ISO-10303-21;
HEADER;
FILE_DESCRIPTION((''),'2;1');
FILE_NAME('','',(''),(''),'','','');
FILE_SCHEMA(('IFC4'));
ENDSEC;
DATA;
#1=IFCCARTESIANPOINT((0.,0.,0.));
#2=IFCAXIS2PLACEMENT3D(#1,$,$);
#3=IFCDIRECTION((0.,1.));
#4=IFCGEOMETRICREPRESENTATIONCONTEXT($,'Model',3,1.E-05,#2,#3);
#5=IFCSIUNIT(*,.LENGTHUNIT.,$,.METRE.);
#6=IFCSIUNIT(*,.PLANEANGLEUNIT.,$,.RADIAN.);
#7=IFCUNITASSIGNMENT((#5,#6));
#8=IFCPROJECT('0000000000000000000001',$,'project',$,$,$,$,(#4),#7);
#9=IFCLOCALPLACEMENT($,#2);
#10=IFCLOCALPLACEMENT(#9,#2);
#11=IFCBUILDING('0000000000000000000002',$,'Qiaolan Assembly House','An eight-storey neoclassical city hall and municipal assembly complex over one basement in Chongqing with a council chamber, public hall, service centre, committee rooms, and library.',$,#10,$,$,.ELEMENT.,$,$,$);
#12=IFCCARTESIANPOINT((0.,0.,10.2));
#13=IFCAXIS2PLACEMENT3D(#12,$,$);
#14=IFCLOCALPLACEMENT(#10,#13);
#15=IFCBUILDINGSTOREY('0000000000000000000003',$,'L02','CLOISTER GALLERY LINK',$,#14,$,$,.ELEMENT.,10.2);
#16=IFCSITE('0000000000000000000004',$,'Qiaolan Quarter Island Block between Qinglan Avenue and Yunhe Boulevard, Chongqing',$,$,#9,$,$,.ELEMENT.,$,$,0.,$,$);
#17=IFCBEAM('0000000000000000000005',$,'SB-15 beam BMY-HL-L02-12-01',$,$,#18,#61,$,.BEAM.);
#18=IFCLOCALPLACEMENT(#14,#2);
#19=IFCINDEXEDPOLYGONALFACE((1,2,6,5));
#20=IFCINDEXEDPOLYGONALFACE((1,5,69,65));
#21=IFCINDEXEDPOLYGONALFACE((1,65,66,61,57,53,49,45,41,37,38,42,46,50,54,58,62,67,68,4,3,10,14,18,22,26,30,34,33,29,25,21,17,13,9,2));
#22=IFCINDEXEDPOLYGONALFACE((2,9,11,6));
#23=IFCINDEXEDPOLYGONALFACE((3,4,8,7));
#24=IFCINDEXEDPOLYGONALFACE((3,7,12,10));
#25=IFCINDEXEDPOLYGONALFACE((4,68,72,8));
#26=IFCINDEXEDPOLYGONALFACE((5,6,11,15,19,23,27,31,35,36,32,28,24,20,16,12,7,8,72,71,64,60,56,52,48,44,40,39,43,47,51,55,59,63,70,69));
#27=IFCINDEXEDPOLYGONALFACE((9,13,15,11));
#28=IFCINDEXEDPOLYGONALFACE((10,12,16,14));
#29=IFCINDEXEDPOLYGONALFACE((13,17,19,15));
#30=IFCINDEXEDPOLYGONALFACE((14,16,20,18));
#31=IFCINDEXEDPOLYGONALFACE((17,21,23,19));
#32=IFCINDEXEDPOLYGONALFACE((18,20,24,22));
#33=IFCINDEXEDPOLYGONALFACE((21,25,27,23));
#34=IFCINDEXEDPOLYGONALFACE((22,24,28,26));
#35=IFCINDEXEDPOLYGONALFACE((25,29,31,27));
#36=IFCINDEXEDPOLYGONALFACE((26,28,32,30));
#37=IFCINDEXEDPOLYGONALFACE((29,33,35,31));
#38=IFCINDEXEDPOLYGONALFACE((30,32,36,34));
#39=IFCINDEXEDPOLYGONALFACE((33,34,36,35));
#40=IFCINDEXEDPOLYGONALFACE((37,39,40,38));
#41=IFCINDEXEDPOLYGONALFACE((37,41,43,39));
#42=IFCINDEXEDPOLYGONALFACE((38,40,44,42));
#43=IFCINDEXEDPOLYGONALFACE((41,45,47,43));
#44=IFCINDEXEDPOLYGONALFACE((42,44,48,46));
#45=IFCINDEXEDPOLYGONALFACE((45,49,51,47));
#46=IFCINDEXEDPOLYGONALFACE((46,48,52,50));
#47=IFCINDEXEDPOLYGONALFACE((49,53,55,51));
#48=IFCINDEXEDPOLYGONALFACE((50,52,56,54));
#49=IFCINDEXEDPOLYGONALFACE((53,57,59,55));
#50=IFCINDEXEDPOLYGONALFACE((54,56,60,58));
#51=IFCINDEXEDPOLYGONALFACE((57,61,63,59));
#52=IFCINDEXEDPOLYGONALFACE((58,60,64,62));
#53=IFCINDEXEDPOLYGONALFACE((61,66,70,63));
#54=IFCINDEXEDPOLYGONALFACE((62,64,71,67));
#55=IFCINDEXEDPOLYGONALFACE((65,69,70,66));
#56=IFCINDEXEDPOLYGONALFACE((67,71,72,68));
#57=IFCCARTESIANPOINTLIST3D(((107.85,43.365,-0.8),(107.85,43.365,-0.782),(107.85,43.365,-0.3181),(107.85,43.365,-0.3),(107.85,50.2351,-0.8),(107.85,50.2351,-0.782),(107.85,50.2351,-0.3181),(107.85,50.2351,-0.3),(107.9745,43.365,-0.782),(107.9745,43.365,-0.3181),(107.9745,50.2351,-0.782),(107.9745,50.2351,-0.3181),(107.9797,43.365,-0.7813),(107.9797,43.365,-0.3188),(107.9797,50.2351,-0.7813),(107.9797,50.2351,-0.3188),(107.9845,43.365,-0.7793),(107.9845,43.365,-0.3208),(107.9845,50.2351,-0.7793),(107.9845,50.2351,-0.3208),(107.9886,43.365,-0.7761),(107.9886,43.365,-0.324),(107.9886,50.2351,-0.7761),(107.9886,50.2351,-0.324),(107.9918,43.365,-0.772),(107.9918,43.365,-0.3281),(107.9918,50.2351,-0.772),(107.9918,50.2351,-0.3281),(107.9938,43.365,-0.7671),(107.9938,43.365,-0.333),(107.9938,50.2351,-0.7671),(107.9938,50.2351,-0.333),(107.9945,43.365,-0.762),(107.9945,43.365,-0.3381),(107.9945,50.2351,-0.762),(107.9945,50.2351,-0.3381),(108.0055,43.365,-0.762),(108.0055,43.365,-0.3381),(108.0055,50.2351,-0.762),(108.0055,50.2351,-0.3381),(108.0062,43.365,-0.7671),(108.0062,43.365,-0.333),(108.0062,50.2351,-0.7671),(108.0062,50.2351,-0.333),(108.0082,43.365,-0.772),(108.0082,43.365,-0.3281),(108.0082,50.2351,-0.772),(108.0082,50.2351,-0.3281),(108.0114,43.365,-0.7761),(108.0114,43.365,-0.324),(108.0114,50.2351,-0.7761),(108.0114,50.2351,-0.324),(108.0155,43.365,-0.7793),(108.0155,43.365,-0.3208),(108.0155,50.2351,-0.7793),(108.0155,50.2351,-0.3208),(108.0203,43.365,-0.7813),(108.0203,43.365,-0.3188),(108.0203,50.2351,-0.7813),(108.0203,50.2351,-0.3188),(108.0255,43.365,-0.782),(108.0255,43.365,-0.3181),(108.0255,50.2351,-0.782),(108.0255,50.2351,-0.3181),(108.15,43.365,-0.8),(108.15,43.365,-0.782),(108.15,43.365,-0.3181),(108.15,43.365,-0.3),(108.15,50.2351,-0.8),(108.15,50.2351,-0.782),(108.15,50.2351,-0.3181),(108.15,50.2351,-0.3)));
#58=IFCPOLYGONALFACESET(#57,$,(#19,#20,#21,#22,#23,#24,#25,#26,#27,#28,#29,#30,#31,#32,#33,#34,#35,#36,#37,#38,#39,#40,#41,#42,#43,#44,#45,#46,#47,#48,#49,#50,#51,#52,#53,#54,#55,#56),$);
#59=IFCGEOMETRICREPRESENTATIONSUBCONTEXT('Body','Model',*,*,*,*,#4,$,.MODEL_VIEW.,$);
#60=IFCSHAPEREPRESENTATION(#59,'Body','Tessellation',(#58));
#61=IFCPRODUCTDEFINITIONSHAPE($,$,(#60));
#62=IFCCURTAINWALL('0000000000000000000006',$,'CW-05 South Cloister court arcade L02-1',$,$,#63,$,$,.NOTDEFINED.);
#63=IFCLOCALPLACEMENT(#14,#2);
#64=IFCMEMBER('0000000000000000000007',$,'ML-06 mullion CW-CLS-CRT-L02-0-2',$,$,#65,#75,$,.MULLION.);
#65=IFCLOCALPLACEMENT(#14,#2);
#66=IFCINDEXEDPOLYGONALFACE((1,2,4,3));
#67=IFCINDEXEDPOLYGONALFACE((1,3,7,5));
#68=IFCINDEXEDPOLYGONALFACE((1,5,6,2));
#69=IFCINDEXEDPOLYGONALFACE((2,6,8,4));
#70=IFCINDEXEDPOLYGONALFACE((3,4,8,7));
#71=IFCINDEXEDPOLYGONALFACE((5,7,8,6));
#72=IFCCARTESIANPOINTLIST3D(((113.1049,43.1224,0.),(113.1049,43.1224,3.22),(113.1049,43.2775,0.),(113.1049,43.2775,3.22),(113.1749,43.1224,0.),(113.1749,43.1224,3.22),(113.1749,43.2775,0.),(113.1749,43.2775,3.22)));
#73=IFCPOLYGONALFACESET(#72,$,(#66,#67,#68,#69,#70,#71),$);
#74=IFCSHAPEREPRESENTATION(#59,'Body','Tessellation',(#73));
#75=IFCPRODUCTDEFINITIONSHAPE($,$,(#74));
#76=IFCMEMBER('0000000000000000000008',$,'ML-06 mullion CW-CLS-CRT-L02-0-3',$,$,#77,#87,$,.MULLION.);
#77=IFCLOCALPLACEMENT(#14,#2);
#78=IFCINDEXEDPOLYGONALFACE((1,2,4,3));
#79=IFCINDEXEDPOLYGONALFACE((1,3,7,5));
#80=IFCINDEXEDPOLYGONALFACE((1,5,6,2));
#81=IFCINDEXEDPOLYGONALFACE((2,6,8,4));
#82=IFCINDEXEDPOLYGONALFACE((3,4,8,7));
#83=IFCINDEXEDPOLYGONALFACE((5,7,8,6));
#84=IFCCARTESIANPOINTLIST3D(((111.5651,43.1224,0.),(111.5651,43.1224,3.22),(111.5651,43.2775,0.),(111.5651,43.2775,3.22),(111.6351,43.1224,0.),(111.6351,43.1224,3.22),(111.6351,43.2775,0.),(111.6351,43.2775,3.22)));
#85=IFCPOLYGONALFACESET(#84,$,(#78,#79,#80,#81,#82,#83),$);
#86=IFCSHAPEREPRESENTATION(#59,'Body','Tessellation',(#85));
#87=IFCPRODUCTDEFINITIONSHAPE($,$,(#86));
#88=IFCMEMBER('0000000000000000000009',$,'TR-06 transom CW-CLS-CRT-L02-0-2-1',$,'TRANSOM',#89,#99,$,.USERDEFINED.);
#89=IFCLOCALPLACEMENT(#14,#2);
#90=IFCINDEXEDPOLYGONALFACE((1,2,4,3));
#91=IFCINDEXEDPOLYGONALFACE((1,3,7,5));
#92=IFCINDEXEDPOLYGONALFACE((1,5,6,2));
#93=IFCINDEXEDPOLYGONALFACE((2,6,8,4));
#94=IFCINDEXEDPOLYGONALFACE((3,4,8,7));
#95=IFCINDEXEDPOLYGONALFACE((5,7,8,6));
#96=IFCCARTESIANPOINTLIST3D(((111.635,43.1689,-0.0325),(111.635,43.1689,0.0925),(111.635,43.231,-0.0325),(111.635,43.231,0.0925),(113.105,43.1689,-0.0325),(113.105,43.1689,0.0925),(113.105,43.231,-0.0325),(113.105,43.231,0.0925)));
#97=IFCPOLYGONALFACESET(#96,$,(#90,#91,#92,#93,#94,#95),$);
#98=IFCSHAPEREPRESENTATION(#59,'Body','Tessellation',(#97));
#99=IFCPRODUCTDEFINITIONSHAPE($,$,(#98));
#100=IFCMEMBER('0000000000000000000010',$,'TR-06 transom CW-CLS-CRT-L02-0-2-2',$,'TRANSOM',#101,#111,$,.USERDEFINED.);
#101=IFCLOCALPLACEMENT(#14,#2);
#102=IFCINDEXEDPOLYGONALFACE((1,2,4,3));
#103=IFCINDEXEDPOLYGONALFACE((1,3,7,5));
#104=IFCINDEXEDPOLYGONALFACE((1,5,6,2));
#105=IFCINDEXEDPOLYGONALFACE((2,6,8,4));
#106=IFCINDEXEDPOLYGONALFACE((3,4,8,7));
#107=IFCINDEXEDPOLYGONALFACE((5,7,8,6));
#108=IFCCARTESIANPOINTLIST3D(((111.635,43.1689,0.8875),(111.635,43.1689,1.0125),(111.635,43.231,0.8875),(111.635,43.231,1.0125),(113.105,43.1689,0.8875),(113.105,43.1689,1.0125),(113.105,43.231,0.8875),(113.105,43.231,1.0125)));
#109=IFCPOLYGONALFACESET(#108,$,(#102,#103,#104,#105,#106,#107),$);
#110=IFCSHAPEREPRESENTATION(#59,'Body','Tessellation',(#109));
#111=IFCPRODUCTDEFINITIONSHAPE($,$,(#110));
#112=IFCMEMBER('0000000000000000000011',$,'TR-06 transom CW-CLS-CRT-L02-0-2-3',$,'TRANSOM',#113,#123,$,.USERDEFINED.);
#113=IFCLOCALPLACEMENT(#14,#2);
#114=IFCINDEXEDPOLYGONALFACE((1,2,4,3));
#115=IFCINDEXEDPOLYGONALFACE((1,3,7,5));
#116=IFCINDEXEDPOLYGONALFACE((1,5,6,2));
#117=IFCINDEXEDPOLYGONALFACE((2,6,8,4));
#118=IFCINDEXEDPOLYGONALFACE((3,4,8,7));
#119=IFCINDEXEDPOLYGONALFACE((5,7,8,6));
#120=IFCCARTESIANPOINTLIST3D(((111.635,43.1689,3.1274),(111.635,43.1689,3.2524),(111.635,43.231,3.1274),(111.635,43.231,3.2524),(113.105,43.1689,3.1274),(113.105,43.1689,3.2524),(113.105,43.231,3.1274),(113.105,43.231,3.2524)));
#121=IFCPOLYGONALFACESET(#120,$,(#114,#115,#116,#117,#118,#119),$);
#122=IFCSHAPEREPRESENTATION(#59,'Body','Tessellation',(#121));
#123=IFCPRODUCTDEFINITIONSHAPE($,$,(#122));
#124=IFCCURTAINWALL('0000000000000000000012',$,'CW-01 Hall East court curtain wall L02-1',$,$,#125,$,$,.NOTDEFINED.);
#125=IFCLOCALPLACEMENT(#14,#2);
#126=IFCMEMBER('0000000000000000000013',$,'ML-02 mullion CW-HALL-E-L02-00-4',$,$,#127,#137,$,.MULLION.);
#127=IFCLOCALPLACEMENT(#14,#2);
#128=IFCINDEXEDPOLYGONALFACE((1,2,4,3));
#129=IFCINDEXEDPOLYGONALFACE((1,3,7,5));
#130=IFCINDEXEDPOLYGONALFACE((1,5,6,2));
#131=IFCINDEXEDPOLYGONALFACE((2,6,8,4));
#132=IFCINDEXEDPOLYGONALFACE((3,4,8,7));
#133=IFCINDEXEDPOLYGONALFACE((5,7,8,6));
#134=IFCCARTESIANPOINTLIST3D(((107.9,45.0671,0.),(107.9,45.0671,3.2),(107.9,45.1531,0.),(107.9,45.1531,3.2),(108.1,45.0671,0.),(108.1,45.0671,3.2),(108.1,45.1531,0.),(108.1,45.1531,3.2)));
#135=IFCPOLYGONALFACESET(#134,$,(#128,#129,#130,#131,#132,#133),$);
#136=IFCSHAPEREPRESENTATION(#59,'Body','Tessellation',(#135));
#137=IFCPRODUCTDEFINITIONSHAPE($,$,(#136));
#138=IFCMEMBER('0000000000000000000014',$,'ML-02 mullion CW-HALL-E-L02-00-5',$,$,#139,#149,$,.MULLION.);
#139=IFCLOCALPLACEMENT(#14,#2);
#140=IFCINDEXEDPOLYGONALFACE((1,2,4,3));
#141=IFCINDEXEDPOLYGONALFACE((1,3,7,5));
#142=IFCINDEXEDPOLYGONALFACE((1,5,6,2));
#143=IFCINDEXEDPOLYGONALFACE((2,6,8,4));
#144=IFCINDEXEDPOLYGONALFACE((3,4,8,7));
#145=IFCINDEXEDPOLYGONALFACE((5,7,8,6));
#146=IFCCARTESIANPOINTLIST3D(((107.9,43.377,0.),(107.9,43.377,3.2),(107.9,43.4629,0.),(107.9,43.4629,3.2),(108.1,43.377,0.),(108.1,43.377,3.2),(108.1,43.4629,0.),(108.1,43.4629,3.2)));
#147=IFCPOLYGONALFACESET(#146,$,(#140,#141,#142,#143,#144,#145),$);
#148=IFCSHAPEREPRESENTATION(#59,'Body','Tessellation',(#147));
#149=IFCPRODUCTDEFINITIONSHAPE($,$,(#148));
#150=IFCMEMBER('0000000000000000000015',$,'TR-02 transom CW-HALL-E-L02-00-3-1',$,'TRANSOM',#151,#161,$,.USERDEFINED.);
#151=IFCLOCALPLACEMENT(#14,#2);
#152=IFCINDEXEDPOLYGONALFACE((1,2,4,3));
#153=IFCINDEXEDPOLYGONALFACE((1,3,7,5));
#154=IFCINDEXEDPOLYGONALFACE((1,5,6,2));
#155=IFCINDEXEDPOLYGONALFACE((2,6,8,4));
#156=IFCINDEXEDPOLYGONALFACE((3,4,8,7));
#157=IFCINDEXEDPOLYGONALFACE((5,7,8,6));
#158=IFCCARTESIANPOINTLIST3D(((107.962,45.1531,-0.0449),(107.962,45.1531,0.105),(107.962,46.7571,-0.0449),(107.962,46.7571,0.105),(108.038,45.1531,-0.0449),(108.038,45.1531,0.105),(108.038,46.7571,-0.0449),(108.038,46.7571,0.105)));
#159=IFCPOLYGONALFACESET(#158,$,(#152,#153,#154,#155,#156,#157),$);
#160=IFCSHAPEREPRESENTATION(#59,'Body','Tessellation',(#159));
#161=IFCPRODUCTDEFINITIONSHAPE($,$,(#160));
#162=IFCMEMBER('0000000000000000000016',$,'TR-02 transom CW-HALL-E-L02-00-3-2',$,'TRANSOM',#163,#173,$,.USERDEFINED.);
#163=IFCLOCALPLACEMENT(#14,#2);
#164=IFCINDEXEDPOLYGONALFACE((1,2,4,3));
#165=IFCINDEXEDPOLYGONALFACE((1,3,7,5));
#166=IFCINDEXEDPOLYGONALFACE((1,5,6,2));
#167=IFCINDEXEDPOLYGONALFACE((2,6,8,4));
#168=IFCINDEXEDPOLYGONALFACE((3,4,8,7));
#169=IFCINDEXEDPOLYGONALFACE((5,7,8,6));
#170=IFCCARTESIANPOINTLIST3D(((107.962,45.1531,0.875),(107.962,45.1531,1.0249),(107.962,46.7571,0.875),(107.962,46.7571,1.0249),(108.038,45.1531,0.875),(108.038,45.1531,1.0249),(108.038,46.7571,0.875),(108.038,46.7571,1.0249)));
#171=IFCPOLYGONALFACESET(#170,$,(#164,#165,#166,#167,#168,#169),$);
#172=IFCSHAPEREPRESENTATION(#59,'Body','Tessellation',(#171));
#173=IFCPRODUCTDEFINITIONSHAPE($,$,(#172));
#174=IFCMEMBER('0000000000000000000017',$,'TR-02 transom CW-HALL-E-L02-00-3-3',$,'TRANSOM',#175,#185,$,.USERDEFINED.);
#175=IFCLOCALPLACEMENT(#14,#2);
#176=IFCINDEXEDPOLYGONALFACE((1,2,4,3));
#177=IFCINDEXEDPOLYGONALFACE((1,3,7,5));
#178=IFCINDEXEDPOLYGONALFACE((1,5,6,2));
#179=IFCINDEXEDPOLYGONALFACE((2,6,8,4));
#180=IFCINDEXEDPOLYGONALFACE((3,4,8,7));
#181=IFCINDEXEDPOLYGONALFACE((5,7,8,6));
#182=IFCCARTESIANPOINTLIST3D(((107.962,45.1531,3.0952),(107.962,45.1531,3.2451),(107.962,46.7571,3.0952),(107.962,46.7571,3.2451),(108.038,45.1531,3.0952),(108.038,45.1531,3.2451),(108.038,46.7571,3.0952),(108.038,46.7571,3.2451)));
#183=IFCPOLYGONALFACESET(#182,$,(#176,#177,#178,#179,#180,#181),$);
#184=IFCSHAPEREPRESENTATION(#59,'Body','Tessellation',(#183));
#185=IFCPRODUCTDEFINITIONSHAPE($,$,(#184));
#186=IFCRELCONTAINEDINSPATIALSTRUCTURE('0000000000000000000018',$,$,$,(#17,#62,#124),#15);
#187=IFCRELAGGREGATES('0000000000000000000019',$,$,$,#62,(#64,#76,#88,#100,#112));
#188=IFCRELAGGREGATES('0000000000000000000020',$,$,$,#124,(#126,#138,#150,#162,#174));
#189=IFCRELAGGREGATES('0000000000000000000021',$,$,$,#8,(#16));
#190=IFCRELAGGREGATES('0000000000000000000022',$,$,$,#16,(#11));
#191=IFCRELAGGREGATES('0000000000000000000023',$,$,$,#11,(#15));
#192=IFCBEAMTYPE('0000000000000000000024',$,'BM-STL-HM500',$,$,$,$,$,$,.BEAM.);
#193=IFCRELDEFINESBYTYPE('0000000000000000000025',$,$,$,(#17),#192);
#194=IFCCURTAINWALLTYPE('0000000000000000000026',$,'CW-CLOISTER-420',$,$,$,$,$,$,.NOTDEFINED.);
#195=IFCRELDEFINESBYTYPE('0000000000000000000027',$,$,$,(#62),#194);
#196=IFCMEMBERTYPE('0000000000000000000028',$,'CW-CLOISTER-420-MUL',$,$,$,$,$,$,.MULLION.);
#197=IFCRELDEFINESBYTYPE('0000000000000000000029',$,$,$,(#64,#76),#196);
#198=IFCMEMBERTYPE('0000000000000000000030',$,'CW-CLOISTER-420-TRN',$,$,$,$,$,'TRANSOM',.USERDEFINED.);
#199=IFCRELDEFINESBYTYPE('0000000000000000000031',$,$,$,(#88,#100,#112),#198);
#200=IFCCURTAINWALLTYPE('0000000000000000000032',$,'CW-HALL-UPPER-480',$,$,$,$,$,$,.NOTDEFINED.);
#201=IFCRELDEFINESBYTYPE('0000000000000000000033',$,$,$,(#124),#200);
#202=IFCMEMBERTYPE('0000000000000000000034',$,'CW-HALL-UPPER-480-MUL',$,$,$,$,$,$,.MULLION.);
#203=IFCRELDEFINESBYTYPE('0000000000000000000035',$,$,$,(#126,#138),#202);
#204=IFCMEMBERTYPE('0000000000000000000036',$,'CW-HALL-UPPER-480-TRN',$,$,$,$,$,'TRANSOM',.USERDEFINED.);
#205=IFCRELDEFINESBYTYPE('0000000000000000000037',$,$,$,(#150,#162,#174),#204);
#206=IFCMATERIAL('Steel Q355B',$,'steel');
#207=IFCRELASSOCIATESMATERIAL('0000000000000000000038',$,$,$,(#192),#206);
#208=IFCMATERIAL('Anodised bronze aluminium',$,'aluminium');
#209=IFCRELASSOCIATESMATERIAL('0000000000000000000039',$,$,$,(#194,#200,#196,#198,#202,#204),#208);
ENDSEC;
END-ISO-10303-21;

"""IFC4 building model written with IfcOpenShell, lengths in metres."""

from ifc_helpers import new_model, si_unit, direction, frame, origin, origin_2d, place, context, subcontext, project, spatial, rectangle, i_section, extrude, material, material_profile, profile_set, type_object, element, aggregate, save


model = new_model("IFC4")

# Units and contexts
model_context = context("Model", 3, precision=1e-05, world=origin(), true_north=direction((0.0, 1.0)))
body_context = subcontext(model_context, "Body", "Model", "MODEL_VIEW")
ifc_project = project(units=[si_unit("LENGTHUNIT", "METRE"), si_unit("PLANEANGLEUNIT", "RADIAN")], contexts=[model_context])

# Site, building, storey
site_placement = place(None, origin())
site = spatial("IfcSite", under=ifc_project, at=site_placement, Name="Qiaolan Quarter Island Block between Qinglan Avenue and Yunhe Boulevard, Chongqing", CompositionType="ELEMENT", RefElevation=0.0)
building_placement = place(site_placement, origin())
building = spatial("IfcBuilding", under=site, at=building_placement, Name="Qiaolan Assembly House", Description="An eight-storey neoclassical city hall and municipal assembly complex over one basement in Chongqing with a council chamber, public hall, service centre, committee rooms, and library.", CompositionType="ELEMENT")
storey_placement = place(building_placement, frame((0.0, 0.0, 10.2)))
storey = spatial("IfcBuildingStorey", under=building, at=storey_placement, Name="L02", Description="CLOISTER GALLERY LINK", CompositionType="ELEMENT", Elevation=10.2)

# Beam
ifc_material_1 = material(Name="Steel Q355B", Category="steel")
ifc_material_profile_1 = material_profile(ifc_material_1, i_section(OverallWidth=0.3, OverallDepth=0.5, WebThickness=0.011, FlangeThickness=0.0181, FilletRadius=0.02, at=origin_2d()), Name="HM 500x300x11x18")
ifc_profile_set_1 = profile_set([ifc_material_profile_1], Name="Steel Q355B")
beam_type_1 = type_object("IfcBeamType", Name="BM-STL-HM500", PredefinedType="BEAM", material=ifc_profile_set_1)
beam_placement = place(storey_placement, frame((108.0, 43.365, -0.55), z_axis=(0.0, 1.0, 0.0), x_axis=(-1.0, 0.0, 0.0)))
element("IfcBeam", 1, at=beam_placement, inside=storey, type_object=beam_type_1, Name="SB-15 beam BMY-HL-L02-12-01", PredefinedType="BEAM", context=body_context, shape_type="SweptSolid", body=[
    extrude(i_section(OverallWidth=0.3, OverallDepth=0.5, WebThickness=0.011, FlangeThickness=0.0181, FilletRadius=0.02, at=origin_2d()), origin(), (0.0, 0.0, 1.0), 6.8701),
])

# Curtain walls, members
ifc_material_2 = material(Name="Anodised bronze aluminium", Category="aluminium")
curtain_wall_type_1 = type_object("IfcCurtainWallType", Name="CW-CLOISTER-420", PredefinedType="NOTDEFINED", material=ifc_material_2)
curtain_wall_1_placement = place(storey_placement, origin())
curtain_wall_1 = element("IfcCurtainWall", 2, at=curtain_wall_1_placement, inside=storey, type_object=curtain_wall_type_1, Name="CW-05 South Cloister court arcade L02-1", PredefinedType="NOTDEFINED")
ifc_material_profile_2 = material_profile(ifc_material_2, rectangle(XDim=0.0701, YDim=0.155, at=origin_2d()), Name="MUL 70x155")
ifc_profile_set_2 = profile_set([ifc_material_profile_2], Name="Anodised bronze aluminium")
member_type_1 = type_object("IfcMemberType", Name="CW-CLOISTER-420-MUL", PredefinedType="MULLION", material=ifc_profile_set_2)
member_1_placement = place(storey_placement, frame((113.1399, 43.2, 0.0), z_axis=(0.0, 0.0, 1.0), x_axis=(-1.0, 0.0, 0.0)))
member_1 = element("IfcMember", 3, at=member_1_placement, type_object=member_type_1, Name="ML-06 mullion CW-CLS-CRT-L02-0-2", PredefinedType="MULLION", context=body_context, shape_type="SweptSolid", body=[
    extrude(rectangle(XDim=0.0701, YDim=0.155, at=origin_2d()), origin(), (0.0, 0.0, 1.0), 3.22),
])
member_2_placement = place(storey_placement, frame((111.6001, 43.2, 0.0), z_axis=(0.0, 0.0, 1.0), x_axis=(-1.0, 0.0, 0.0)))
member_2 = element("IfcMember", 4, at=member_2_placement, type_object=member_type_1, Name="ML-06 mullion CW-CLS-CRT-L02-0-3", PredefinedType="MULLION", context=body_context, shape_type="SweptSolid", body=[
    extrude(rectangle(XDim=0.0701, YDim=0.155, at=origin_2d()), origin(), (0.0, 0.0, 1.0), 3.22),
])
ifc_material_profile_3 = material_profile(ifc_material_2, rectangle(XDim=0.062, YDim=0.125, at=origin_2d()), Name="TRN 62x125")
ifc_profile_set_3 = profile_set([ifc_material_profile_3], Name="Anodised bronze aluminium")
member_type_2 = type_object("IfcMemberType", Name="CW-CLOISTER-420-TRN", ElementType="TRANSOM", PredefinedType="USERDEFINED", material=ifc_profile_set_3)
member_3_placement = place(storey_placement, frame((113.105, 43.2, 0.03), z_axis=(-1.0, 0.0, 0.0), x_axis=(0.0, -1.0, 0.0)))
member_3 = element("IfcMember", 5, at=member_3_placement, type_object=member_type_2, Name="TR-06 transom CW-CLS-CRT-L02-0-2-1", ObjectType="TRANSOM", PredefinedType="USERDEFINED", context=body_context, shape_type="SweptSolid", body=[
    extrude(rectangle(XDim=0.062, YDim=0.125, at=origin_2d()), origin(), (0.0, 0.0, 1.0), 1.47),
])
member_4_placement = place(storey_placement, frame((113.105, 43.2, 0.95), z_axis=(-1.0, 0.0, 0.0), x_axis=(0.0, -1.0, 0.0)))
member_4 = element("IfcMember", 6, at=member_4_placement, type_object=member_type_2, Name="TR-06 transom CW-CLS-CRT-L02-0-2-2", ObjectType="TRANSOM", PredefinedType="USERDEFINED", context=body_context, shape_type="SweptSolid", body=[
    extrude(rectangle(XDim=0.062, YDim=0.125, at=origin_2d()), origin(), (0.0, 0.0, 1.0), 1.47),
])
member_5_placement = place(storey_placement, frame((113.105, 43.2, 3.1899), z_axis=(-1.0, 0.0, 0.0), x_axis=(0.0, -1.0, 0.0)))
member_5 = element("IfcMember", 7, at=member_5_placement, type_object=member_type_2, Name="TR-06 transom CW-CLS-CRT-L02-0-2-3", ObjectType="TRANSOM", PredefinedType="USERDEFINED", context=body_context, shape_type="SweptSolid", body=[
    extrude(rectangle(XDim=0.062, YDim=0.125, at=origin_2d()), origin(), (0.0, 0.0, 1.0), 1.47),
])
curtain_wall_type_2 = type_object("IfcCurtainWallType", Name="CW-HALL-UPPER-480", PredefinedType="NOTDEFINED", material=ifc_material_2)
curtain_wall_2_placement = place(storey_placement, origin())
curtain_wall_2 = element("IfcCurtainWall", 8, at=curtain_wall_2_placement, inside=storey, type_object=curtain_wall_type_2, Name="CW-01 Hall East court curtain wall L02-1", PredefinedType="NOTDEFINED")
ifc_material_profile_4 = material_profile(ifc_material_2, rectangle(XDim=0.0859, YDim=0.2, at=origin_2d()), Name="MUL 86x200")
ifc_profile_set_4 = profile_set([ifc_material_profile_4], Name="Anodised bronze aluminium")
member_type_3 = type_object("IfcMemberType", Name="CW-HALL-UPPER-480-MUL", PredefinedType="MULLION", material=ifc_profile_set_4)
member_6_placement = place(storey_placement, frame((108.0, 45.1101, 0.0), z_axis=(0.0, 0.0, 1.0), x_axis=(0.0, -1.0, 0.0)))
member_6 = element("IfcMember", 9, at=member_6_placement, type_object=member_type_3, Name="ML-02 mullion CW-HALL-E-L02-00-4", PredefinedType="MULLION", context=body_context, shape_type="SweptSolid", body=[
    extrude(rectangle(XDim=0.0859, YDim=0.2, at=origin_2d()), origin(), (0.0, 0.0, 1.0), 3.2),
])
member_7_placement = place(storey_placement, frame((108.0, 43.4199, 0.0), z_axis=(0.0, 0.0, 1.0), x_axis=(0.0, -1.0, 0.0)))
member_7 = element("IfcMember", 10, at=member_7_placement, type_object=member_type_3, Name="ML-02 mullion CW-HALL-E-L02-00-5", PredefinedType="MULLION", context=body_context, shape_type="SweptSolid", body=[
    extrude(rectangle(XDim=0.0859, YDim=0.2, at=origin_2d()), origin(), (0.0, 0.0, 1.0), 3.2),
])
ifc_material_profile_5 = material_profile(ifc_material_2, rectangle(XDim=0.0759, YDim=0.1499, at=origin_2d()), Name="TRN 76x150")
ifc_profile_set_5 = profile_set([ifc_material_profile_5], Name="Anodised bronze aluminium")
member_type_4 = type_object("IfcMemberType", Name="CW-HALL-UPPER-480-TRN", ElementType="TRANSOM", PredefinedType="USERDEFINED", material=ifc_profile_set_5)
member_8_placement = place(storey_placement, frame((108.0, 46.7571, 0.03), z_axis=(0.0, -1.0, 0.0), x_axis=(1.0, 0.0, 0.0)))
member_8 = element("IfcMember", 11, at=member_8_placement, type_object=member_type_4, Name="TR-02 transom CW-HALL-E-L02-00-3-1", ObjectType="TRANSOM", PredefinedType="USERDEFINED", context=body_context, shape_type="SweptSolid", body=[
    extrude(rectangle(XDim=0.0759, YDim=0.1499, at=origin_2d()), origin(), (0.0, 0.0, 1.0), 1.604),
])
member_9_placement = place(storey_placement, frame((108.0, 46.7571, 0.95), z_axis=(0.0, -1.0, 0.0), x_axis=(1.0, 0.0, 0.0)))
member_9 = element("IfcMember", 12, at=member_9_placement, type_object=member_type_4, Name="TR-02 transom CW-HALL-E-L02-00-3-2", ObjectType="TRANSOM", PredefinedType="USERDEFINED", context=body_context, shape_type="SweptSolid", body=[
    extrude(rectangle(XDim=0.0759, YDim=0.1499, at=origin_2d()), origin(), (0.0, 0.0, 1.0), 1.604),
])
member_10_placement = place(storey_placement, frame((108.0, 46.7571, 3.1702), z_axis=(0.0, -1.0, 0.0), x_axis=(1.0, 0.0, 0.0)))
member_10 = element("IfcMember", 13, at=member_10_placement, type_object=member_type_4, Name="TR-02 transom CW-HALL-E-L02-00-3-3", ObjectType="TRANSOM", PredefinedType="USERDEFINED", context=body_context, shape_type="SweptSolid", body=[
    extrude(rectangle(XDim=0.0759, YDim=0.1499, at=origin_2d()), origin(), (0.0, 0.0, 1.0), 1.604),
])

aggregate(curtain_wall_1, [member_1, member_2, member_3, member_4, member_5])
aggregate(curtain_wall_2, [member_6, member_7, member_8, member_9, member_10])

save(model, "model.ifc")
